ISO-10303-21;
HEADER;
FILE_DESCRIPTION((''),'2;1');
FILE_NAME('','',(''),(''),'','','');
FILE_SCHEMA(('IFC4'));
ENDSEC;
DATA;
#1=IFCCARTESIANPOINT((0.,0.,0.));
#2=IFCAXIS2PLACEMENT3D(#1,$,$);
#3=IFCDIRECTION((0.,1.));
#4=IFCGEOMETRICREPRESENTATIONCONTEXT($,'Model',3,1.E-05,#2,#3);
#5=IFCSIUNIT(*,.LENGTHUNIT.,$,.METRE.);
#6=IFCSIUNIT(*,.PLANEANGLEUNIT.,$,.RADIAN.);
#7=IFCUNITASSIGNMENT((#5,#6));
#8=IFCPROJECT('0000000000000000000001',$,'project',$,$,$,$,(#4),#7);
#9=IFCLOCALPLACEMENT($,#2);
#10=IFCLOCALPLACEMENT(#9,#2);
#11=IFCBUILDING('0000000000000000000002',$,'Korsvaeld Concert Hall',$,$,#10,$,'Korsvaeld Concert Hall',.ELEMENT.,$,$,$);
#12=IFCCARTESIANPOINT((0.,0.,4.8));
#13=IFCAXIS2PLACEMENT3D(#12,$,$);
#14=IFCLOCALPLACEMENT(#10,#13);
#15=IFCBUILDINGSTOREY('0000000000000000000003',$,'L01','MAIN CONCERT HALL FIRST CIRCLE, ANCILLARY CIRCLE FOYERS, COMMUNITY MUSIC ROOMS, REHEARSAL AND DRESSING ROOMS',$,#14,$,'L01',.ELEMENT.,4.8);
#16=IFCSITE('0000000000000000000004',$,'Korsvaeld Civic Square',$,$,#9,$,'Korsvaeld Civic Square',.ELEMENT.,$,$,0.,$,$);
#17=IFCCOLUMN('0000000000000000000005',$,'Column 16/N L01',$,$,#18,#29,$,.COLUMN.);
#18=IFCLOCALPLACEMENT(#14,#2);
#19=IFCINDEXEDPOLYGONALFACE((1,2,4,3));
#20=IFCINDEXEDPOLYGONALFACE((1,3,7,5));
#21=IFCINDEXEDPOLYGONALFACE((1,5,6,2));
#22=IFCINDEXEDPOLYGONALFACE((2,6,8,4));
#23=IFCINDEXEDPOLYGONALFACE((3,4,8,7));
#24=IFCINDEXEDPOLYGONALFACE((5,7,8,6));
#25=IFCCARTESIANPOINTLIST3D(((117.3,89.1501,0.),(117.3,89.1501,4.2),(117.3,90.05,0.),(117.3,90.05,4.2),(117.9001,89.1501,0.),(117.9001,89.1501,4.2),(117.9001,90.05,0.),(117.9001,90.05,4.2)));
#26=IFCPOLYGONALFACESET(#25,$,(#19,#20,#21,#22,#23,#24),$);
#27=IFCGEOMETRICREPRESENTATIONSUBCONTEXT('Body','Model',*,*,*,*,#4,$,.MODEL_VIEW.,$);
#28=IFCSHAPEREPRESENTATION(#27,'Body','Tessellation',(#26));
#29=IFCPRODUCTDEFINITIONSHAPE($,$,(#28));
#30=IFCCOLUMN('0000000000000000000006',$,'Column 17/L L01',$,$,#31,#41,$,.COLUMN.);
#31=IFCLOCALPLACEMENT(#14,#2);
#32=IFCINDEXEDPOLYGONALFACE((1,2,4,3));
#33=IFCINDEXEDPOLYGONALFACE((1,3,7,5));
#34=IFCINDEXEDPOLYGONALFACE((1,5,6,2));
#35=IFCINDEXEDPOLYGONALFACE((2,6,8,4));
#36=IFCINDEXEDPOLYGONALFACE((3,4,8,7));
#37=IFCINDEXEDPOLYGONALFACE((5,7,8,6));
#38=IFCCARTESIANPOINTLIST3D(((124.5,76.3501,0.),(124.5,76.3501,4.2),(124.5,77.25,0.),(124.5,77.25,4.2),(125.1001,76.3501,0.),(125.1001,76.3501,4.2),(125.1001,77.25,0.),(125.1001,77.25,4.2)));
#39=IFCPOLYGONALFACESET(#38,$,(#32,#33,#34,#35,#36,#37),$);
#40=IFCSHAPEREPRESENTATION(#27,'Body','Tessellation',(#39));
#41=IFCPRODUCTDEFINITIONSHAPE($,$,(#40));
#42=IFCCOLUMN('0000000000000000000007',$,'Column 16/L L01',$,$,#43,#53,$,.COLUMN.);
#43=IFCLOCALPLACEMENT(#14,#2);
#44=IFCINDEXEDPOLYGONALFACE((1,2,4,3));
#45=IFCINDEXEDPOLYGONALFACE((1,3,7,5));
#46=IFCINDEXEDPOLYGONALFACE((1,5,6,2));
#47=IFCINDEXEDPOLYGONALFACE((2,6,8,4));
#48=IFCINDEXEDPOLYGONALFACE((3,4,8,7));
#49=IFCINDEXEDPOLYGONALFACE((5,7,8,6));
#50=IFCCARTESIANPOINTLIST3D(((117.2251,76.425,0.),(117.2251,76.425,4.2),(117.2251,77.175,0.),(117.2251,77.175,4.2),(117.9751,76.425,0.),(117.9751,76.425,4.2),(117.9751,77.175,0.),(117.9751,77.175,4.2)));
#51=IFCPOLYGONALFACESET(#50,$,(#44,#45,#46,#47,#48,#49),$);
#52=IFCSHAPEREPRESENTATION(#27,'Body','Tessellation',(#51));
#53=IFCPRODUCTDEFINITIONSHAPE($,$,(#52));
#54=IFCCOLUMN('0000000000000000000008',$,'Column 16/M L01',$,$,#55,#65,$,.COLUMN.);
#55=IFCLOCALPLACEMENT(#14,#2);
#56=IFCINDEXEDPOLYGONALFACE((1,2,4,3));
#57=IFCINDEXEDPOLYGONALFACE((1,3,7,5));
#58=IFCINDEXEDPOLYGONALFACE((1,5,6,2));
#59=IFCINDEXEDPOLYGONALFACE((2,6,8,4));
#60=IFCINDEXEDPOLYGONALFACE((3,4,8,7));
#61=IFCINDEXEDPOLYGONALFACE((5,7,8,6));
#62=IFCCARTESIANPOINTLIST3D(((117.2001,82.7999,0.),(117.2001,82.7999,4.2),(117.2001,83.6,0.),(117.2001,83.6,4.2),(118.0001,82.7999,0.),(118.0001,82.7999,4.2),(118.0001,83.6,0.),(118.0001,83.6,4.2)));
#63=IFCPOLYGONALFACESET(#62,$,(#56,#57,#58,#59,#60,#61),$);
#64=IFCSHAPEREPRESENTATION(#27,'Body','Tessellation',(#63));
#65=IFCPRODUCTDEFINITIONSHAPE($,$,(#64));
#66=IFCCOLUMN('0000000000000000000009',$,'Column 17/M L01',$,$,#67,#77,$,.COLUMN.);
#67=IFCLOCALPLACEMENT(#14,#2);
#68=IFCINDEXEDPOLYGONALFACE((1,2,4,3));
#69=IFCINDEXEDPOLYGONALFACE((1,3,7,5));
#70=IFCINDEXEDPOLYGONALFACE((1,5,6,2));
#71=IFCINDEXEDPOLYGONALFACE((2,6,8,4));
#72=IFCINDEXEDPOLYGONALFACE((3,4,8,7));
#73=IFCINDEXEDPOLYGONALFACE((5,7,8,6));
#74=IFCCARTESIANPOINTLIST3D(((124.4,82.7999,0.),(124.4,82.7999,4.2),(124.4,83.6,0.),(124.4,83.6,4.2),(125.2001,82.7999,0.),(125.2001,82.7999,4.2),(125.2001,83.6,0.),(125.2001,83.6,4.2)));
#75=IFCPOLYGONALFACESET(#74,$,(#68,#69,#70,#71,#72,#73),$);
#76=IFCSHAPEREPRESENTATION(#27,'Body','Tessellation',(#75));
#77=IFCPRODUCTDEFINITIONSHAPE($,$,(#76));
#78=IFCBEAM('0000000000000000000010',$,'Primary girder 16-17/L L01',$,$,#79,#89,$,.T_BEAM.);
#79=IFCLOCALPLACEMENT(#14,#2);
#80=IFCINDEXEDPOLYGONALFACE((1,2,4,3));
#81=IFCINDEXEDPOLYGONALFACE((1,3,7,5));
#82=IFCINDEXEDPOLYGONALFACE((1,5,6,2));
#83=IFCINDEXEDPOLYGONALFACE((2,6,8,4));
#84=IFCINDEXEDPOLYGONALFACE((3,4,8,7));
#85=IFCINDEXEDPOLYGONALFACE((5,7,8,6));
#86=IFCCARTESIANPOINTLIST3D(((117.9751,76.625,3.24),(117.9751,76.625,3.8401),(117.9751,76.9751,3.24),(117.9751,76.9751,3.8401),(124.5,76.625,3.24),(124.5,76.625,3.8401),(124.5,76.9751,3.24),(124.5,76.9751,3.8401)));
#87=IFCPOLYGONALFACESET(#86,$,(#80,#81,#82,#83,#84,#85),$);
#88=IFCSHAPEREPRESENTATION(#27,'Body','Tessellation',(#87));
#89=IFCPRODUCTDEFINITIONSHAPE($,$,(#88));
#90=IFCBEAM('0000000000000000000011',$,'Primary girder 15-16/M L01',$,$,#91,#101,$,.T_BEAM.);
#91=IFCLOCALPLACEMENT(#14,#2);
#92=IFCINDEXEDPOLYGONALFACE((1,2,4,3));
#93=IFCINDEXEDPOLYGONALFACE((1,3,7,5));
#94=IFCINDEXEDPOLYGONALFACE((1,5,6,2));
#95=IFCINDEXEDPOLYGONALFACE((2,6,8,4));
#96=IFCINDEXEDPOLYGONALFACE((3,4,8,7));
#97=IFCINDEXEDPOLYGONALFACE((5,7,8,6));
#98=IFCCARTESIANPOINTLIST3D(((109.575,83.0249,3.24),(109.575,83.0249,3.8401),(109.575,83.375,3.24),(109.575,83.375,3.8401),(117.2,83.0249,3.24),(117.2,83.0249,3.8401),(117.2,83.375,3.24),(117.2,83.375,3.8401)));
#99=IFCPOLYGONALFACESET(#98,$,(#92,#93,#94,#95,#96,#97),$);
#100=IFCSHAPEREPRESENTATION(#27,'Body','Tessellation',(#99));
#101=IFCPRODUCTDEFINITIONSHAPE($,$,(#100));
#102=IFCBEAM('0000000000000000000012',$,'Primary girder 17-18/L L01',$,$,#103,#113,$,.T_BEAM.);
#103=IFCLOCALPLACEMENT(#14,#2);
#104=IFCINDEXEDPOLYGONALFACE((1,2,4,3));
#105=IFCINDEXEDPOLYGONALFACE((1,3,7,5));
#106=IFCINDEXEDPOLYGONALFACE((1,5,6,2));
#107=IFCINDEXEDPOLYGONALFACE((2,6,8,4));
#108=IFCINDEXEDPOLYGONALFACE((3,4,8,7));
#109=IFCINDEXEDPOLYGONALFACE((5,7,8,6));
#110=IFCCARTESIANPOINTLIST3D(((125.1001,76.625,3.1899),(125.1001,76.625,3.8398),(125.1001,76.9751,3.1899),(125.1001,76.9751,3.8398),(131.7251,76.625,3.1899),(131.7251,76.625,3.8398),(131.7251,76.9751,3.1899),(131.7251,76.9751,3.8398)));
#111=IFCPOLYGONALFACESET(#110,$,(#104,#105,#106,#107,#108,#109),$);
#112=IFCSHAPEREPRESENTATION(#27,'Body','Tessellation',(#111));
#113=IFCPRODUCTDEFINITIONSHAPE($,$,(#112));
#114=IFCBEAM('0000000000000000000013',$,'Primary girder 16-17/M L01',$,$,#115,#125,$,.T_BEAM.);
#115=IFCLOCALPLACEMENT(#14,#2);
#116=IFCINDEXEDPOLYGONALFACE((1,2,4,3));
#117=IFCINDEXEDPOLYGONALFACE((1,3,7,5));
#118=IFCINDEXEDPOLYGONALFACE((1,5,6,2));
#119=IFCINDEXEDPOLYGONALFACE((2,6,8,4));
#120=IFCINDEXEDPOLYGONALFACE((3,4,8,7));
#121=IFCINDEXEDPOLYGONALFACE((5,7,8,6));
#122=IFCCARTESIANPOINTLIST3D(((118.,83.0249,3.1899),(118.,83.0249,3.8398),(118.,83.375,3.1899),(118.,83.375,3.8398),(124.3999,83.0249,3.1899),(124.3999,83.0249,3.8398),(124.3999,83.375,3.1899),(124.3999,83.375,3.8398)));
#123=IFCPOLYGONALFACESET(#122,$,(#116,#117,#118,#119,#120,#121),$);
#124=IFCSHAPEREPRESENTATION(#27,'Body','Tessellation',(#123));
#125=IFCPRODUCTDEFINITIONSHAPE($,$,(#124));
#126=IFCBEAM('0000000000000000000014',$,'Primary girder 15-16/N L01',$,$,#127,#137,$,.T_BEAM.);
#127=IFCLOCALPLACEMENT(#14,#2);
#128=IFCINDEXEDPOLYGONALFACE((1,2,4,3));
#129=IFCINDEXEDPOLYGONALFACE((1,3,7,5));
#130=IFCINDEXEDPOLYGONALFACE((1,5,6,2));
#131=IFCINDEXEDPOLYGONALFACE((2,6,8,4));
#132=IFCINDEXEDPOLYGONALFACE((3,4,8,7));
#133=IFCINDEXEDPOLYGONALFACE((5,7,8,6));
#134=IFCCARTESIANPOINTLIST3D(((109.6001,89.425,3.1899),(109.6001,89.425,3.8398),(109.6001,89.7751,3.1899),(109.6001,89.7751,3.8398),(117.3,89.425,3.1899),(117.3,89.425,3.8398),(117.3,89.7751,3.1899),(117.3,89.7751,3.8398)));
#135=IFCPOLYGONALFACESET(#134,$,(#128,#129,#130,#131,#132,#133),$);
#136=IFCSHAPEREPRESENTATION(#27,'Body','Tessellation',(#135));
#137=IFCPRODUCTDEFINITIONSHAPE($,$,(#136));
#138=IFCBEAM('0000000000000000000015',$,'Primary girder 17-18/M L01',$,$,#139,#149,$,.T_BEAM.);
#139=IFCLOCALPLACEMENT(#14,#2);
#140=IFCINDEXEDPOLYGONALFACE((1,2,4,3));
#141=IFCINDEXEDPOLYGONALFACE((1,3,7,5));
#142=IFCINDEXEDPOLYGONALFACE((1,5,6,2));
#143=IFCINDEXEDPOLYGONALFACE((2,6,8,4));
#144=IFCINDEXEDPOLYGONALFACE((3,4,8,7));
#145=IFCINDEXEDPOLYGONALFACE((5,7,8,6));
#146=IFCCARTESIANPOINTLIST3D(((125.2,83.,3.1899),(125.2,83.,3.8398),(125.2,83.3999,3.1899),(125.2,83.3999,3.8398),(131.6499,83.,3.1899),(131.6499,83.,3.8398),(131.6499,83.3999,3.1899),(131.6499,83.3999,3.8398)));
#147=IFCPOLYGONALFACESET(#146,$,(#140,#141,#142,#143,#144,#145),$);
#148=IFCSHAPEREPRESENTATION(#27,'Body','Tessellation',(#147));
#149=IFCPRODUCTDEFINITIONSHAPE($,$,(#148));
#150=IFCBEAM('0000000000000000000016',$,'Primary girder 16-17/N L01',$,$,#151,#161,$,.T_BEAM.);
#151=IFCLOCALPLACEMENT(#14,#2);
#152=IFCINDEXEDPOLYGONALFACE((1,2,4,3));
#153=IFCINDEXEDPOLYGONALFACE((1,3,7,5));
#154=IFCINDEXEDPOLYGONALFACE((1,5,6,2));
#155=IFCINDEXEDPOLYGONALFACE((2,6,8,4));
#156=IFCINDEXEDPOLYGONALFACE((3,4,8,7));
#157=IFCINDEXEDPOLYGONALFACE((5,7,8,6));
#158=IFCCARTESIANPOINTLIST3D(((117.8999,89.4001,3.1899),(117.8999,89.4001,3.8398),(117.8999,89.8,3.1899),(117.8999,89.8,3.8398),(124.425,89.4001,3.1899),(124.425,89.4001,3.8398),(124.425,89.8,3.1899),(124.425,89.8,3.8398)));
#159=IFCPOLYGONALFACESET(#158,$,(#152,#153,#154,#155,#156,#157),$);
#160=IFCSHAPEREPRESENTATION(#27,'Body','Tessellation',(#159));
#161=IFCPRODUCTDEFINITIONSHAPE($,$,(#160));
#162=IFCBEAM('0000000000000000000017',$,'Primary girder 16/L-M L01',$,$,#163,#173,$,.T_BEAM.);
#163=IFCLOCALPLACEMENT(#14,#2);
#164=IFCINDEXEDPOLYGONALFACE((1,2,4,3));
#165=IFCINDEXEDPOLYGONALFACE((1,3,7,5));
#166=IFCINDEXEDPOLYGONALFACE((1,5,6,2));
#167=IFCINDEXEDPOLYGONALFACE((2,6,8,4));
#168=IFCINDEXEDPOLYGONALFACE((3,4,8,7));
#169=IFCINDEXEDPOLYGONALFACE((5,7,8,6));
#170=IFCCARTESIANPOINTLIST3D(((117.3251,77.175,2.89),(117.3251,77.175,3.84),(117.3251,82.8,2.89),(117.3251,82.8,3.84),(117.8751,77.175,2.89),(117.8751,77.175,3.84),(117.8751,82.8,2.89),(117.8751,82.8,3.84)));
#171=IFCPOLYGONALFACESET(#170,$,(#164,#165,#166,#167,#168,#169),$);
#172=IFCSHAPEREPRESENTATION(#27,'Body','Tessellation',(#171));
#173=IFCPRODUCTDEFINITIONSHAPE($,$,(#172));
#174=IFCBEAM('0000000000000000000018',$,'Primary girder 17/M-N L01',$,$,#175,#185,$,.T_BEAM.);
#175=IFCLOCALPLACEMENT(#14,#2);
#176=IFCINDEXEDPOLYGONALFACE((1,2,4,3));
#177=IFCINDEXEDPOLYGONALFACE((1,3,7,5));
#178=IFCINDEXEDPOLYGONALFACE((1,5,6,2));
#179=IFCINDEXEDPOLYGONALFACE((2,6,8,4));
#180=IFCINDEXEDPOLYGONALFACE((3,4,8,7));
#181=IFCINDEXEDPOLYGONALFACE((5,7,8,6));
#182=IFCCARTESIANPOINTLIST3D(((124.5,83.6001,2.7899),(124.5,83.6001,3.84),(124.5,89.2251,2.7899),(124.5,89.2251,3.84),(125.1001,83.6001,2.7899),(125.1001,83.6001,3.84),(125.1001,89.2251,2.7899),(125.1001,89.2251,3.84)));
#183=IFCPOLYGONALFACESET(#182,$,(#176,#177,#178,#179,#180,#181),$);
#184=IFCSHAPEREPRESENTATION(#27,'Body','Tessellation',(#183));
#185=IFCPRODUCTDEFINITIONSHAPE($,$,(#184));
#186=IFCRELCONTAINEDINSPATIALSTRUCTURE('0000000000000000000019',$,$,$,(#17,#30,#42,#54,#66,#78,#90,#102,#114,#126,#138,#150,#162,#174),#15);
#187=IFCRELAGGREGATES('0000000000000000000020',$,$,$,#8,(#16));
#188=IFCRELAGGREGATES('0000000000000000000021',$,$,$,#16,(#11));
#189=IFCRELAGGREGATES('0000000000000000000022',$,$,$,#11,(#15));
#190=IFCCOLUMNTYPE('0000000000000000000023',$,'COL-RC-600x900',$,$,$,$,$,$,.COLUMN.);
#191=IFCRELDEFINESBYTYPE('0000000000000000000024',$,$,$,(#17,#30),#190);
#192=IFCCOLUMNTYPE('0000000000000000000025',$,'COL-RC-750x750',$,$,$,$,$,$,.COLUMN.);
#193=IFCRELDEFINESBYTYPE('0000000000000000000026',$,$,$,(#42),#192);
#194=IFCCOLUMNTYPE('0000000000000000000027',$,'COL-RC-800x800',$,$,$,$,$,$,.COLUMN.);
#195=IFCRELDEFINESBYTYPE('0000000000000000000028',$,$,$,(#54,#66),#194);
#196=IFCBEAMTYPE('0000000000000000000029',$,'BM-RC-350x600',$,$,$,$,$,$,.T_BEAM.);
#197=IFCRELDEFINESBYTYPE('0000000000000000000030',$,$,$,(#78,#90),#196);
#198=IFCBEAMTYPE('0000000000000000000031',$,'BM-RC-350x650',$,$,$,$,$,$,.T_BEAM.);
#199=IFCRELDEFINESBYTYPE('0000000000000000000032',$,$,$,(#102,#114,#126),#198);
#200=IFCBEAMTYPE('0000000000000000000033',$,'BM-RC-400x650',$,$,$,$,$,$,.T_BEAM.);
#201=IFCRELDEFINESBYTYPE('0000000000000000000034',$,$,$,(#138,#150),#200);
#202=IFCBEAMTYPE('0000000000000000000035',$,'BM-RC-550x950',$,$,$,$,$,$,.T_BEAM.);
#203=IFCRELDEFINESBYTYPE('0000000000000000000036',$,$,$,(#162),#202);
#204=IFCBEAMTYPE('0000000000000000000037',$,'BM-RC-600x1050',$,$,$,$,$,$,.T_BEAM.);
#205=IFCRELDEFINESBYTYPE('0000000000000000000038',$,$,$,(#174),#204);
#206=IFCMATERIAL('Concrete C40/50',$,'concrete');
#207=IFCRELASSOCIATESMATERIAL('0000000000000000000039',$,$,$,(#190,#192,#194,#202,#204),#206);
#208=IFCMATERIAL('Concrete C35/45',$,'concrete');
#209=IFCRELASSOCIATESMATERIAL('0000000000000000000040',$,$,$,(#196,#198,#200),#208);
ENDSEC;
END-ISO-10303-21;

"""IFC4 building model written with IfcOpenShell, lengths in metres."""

from ifc_helpers import new_model, si_unit, direction, frame, origin, origin_2d, place, context, subcontext, project, spatial, rectangle, extrude, material, material_profile, profile_set, type_object, element, save


model = new_model("IFC4")

# Units and contexts
model_context = context("Model", 3, precision=1e-05, world=origin(), true_north=direction((0.0, 1.0)))
body_context = subcontext(model_context, "Body", "Model", "MODEL_VIEW")
ifc_project = project(units=[si_unit("LENGTHUNIT", "METRE"), si_unit("PLANEANGLEUNIT", "RADIAN")], contexts=[model_context])

# Site, building, storey
site_placement = place(None, origin())
site = spatial("IfcSite", under=ifc_project, at=site_placement, Name="Korsvaeld Civic Square", LongName="Korsvaeld Civic Square", CompositionType="ELEMENT", RefElevation=0.0)
building_placement = place(site_placement, origin())
building = spatial("IfcBuilding", under=site, at=building_placement, Name="Korsvaeld Concert Hall", LongName="Korsvaeld Concert Hall", CompositionType="ELEMENT")
storey_placement = place(building_placement, frame((0.0, 0.0, 4.8)))
storey = spatial("IfcBuildingStorey", under=building, at=storey_placement, Name="L01", Description="MAIN CONCERT HALL FIRST CIRCLE, ANCILLARY CIRCLE FOYERS, COMMUNITY MUSIC ROOMS, REHEARSAL AND DRESSING ROOMS", LongName="L01", CompositionType="ELEMENT", Elevation=4.8)

# Columns
ifc_material_1 = material(Name="Concrete C40/50", Category="concrete")
ifc_material_profile_1 = material_profile(ifc_material_1, rectangle(XDim=0.6001, YDim=0.8999, at=origin_2d()), Name="RC 600x900")
ifc_profile_set_1 = profile_set([ifc_material_profile_1], Name="Concrete C40/50")
column_type_1 = type_object("IfcColumnType", Name="COL-RC-600x900", PredefinedType="COLUMN", material=ifc_profile_set_1)
for number, where, z_axis, x_axis, name in (
    (1, (117.6001, 89.6001, 0.0), (0.0, 0.0, 1.0), (1.0, 0.0, 0.0), "Column 16/N L01"),
    (2, (124.8, 76.8, 0.0), (0.0, 0.0, 1.0), (1.0, 0.0, 0.0), "Column 17/L L01"),
):
    element("IfcColumn", number, at=place(storey_placement, frame(where, z_axis=z_axis, x_axis=x_axis)), inside=storey, type_object=column_type_1, Name=name, PredefinedType="COLUMN", context=body_context, shape_type="SweptSolid", body=[
        extrude(rectangle(XDim=0.6001, YDim=0.8999, at=origin_2d()), origin(), (0.0, 0.0, 1.0), 4.2),
    ])
ifc_material_profile_2 = material_profile(ifc_material_1, rectangle(XDim=0.75, YDim=0.75, at=origin_2d()), Name="RC 750x750")
ifc_profile_set_2 = profile_set([ifc_material_profile_2], Name="Concrete C40/50")
column_type_2 = type_object("IfcColumnType", Name="COL-RC-750x750", PredefinedType="COLUMN", material=ifc_profile_set_2)
column_placement = place(storey_placement, frame((117.6001, 76.8, 0.0), z_axis=(0.0, 0.0, 1.0), x_axis=(1.0, 0.0, 0.0)))
element("IfcColumn", 3, at=column_placement, inside=storey, type_object=column_type_2, Name="Column 16/L L01", PredefinedType="COLUMN", context=body_context, shape_type="SweptSolid", body=[
    extrude(rectangle(XDim=0.75, YDim=0.75, at=origin_2d()), origin(), (0.0, 0.0, 1.0), 4.2),
])
ifc_material_profile_3 = material_profile(ifc_material_1, rectangle(XDim=0.8, YDim=0.8, at=origin_2d()), Name="RC 800x800")
ifc_profile_set_3 = profile_set([ifc_material_profile_3], Name="Concrete C40/50")
column_type_3 = type_object("IfcColumnType", Name="COL-RC-800x800", PredefinedType="COLUMN", material=ifc_profile_set_3)
for number, where, z_axis, x_axis, name in (
    (4, (117.6001, 83.2, 0.0), (0.0, 0.0, 1.0), (1.0, 0.0, 0.0), "Column 16/M L01"),
    (5, (124.8, 83.2, 0.0), (0.0, 0.0, 1.0), (1.0, 0.0, 0.0), "Column 17/M L01"),
):
    element("IfcColumn", number, at=place(storey_placement, frame(where, z_axis=z_axis, x_axis=x_axis)), inside=storey, type_object=column_type_3, Name=name, PredefinedType="COLUMN", context=body_context, shape_type="SweptSolid", body=[
        extrude(rectangle(XDim=0.8, YDim=0.8, at=origin_2d()), origin(), (0.0, 0.0, 1.0), 4.2),
    ])

# Beams
ifc_material_2 = material(Name="Concrete C35/45", Category="concrete")
ifc_material_profile_4 = material_profile(ifc_material_2, rectangle(XDim=0.3501, YDim=0.6001, at=origin_2d()), Name="RC 350x600")
ifc_profile_set_4 = profile_set([ifc_material_profile_4], Name="Concrete C35/45")
beam_type_1 = type_object("IfcBeamType", Name="BM-RC-350x600", PredefinedType="T_BEAM", material=ifc_profile_set_4)
beam_1_placement = place(storey_placement, frame((117.9751, 76.8, 3.54), z_axis=(1.0, 0.0, 0.0), x_axis=(0.0, 1.0, 0.0)))
element("IfcBeam", 6, at=beam_1_placement, inside=storey, type_object=beam_type_1, Name="Primary girder 16-17/L L01", PredefinedType="T_BEAM", context=body_context, shape_type="SweptSolid", body=[
    extrude(rectangle(XDim=0.3501, YDim=0.6001, at=origin_2d()), origin(), (0.0, 0.0, 1.0), 6.5249),
])
beam_2_placement = place(storey_placement, frame((109.575, 83.2, 3.54), z_axis=(1.0, 0.0, 0.0), x_axis=(0.0, 1.0, 0.0)))
element("IfcBeam", 7, at=beam_2_placement, inside=storey, type_object=beam_type_1, Name="Primary girder 15-16/M L01", PredefinedType="T_BEAM", context=body_context, shape_type="SweptSolid", body=[
    extrude(rectangle(XDim=0.3501, YDim=0.6001, at=origin_2d()), origin(), (0.0, 0.0, 1.0), 7.625),
])
ifc_material_profile_5 = material_profile(ifc_material_2, rectangle(XDim=0.3501, YDim=0.6499, at=origin_2d()), Name="RC 350x650")
ifc_profile_set_5 = profile_set([ifc_material_profile_5], Name="Concrete C35/45")
beam_type_2 = type_object("IfcBeamType", Name="BM-RC-350x650", PredefinedType="T_BEAM", material=ifc_profile_set_5)
beam_3_placement = place(storey_placement, frame((125.1001, 76.8, 3.5149), z_axis=(1.0, 0.0, 0.0), x_axis=(0.0, 1.0, 0.0)))
element("IfcBeam", 8, at=beam_3_placement, inside=storey, type_object=beam_type_2, Name="Primary girder 17-18/L L01", PredefinedType="T_BEAM", context=body_context, shape_type="SweptSolid", body=[
    extrude(rectangle(XDim=0.3501, YDim=0.6499, at=origin_2d()), origin(), (0.0, 0.0, 1.0), 6.625),
])
beam_4_placement = place(storey_placement, frame((118.0, 83.2, 3.5149), z_axis=(1.0, 0.0, 0.0), x_axis=(0.0, 1.0, 0.0)))
element("IfcBeam", 9, at=beam_4_placement, inside=storey, type_object=beam_type_2, Name="Primary girder 16-17/M L01", PredefinedType="T_BEAM", context=body_context, shape_type="SweptSolid", body=[
    extrude(rectangle(XDim=0.3501, YDim=0.6499, at=origin_2d()), origin(), (0.0, 0.0, 1.0), 6.3999),
])
beam_5_placement = place(storey_placement, frame((109.6001, 89.6001, 3.5149), z_axis=(1.0, 0.0, 0.0), x_axis=(0.0, 1.0, 0.0)))
element("IfcBeam", 10, at=beam_5_placement, inside=storey, type_object=beam_type_2, Name="Primary girder 15-16/N L01", PredefinedType="T_BEAM", context=body_context, shape_type="SweptSolid", body=[
    extrude(rectangle(XDim=0.3501, YDim=0.6499, at=origin_2d()), origin(), (0.0, 0.0, 1.0), 7.7),
])
ifc_material_profile_6 = material_profile(ifc_material_2, rectangle(XDim=0.3999, YDim=0.6499, at=origin_2d()), Name="RC 400x650")
ifc_profile_set_6 = profile_set([ifc_material_profile_6], Name="Concrete C35/45")
beam_type_3 = type_object("IfcBeamType", Name="BM-RC-400x650", PredefinedType="T_BEAM", material=ifc_profile_set_6)
beam_6_placement = place(storey_placement, frame((125.2, 83.2, 3.5149), z_axis=(1.0, 0.0, 0.0), x_axis=(0.0, 1.0, 0.0)))
element("IfcBeam", 11, at=beam_6_placement, inside=storey, type_object=beam_type_3, Name="Primary girder 17-18/M L01", PredefinedType="T_BEAM", context=body_context, shape_type="SweptSolid", body=[
    extrude(rectangle(XDim=0.3999, YDim=0.6499, at=origin_2d()), origin(), (0.0, 0.0, 1.0), 6.45),
])
beam_7_placement = place(storey_placement, frame((117.8999, 89.6001, 3.5149), z_axis=(1.0, 0.0, 0.0), x_axis=(0.0, 1.0, 0.0)))
element("IfcBeam", 12, at=beam_7_placement, inside=storey, type_object=beam_type_3, Name="Primary girder 16-17/N L01", PredefinedType="T_BEAM", context=body_context, shape_type="SweptSolid", body=[
    extrude(rectangle(XDim=0.3999, YDim=0.6499, at=origin_2d()), origin(), (0.0, 0.0, 1.0), 6.5251),
])
ifc_material_profile_7 = material_profile(ifc_material_1, rectangle(XDim=0.55, YDim=0.95, at=origin_2d()), Name="RC 550x950")
ifc_profile_set_7 = profile_set([ifc_material_profile_7], Name="Concrete C40/50")
beam_type_4 = type_object("IfcBeamType", Name="BM-RC-550x950", PredefinedType="T_BEAM", material=ifc_profile_set_7)
beam_8_placement = place(storey_placement, frame((117.6001, 77.175, 3.365), z_axis=(0.0, 1.0, 0.0), x_axis=(-1.0, 0.0, 0.0)))
element("IfcBeam", 13, at=beam_8_placement, inside=storey, type_object=beam_type_4, Name="Primary girder 16/L-M L01", PredefinedType="T_BEAM", context=body_context, shape_type="SweptSolid", body=[
    extrude(rectangle(XDim=0.55, YDim=0.95, at=origin_2d()), origin(), (0.0, 0.0, 1.0), 5.625),
])
ifc_material_profile_8 = material_profile(ifc_material_1, rectangle(XDim=0.6001, YDim=1.05, at=origin_2d()), Name="RC 600x1050")
ifc_profile_set_8 = profile_set([ifc_material_profile_8], Name="Concrete C40/50")
beam_type_5 = type_object("IfcBeamType", Name="BM-RC-600x1050", PredefinedType="T_BEAM", material=ifc_profile_set_8)
beam_9_placement = place(storey_placement, frame((124.8, 83.6001, 3.3149), z_axis=(0.0, 1.0, 0.0), x_axis=(-1.0, 0.0, 0.0)))
element("IfcBeam", 14, at=beam_9_placement, inside=storey, type_object=beam_type_5, Name="Primary girder 17/M-N L01", PredefinedType="T_BEAM", context=body_context, shape_type="SweptSolid", body=[
    extrude(rectangle(XDim=0.6001, YDim=1.05, at=origin_2d()), origin(), (0.0, 0.0, 1.0), 5.625),
])

save(model, "model.ifc")
